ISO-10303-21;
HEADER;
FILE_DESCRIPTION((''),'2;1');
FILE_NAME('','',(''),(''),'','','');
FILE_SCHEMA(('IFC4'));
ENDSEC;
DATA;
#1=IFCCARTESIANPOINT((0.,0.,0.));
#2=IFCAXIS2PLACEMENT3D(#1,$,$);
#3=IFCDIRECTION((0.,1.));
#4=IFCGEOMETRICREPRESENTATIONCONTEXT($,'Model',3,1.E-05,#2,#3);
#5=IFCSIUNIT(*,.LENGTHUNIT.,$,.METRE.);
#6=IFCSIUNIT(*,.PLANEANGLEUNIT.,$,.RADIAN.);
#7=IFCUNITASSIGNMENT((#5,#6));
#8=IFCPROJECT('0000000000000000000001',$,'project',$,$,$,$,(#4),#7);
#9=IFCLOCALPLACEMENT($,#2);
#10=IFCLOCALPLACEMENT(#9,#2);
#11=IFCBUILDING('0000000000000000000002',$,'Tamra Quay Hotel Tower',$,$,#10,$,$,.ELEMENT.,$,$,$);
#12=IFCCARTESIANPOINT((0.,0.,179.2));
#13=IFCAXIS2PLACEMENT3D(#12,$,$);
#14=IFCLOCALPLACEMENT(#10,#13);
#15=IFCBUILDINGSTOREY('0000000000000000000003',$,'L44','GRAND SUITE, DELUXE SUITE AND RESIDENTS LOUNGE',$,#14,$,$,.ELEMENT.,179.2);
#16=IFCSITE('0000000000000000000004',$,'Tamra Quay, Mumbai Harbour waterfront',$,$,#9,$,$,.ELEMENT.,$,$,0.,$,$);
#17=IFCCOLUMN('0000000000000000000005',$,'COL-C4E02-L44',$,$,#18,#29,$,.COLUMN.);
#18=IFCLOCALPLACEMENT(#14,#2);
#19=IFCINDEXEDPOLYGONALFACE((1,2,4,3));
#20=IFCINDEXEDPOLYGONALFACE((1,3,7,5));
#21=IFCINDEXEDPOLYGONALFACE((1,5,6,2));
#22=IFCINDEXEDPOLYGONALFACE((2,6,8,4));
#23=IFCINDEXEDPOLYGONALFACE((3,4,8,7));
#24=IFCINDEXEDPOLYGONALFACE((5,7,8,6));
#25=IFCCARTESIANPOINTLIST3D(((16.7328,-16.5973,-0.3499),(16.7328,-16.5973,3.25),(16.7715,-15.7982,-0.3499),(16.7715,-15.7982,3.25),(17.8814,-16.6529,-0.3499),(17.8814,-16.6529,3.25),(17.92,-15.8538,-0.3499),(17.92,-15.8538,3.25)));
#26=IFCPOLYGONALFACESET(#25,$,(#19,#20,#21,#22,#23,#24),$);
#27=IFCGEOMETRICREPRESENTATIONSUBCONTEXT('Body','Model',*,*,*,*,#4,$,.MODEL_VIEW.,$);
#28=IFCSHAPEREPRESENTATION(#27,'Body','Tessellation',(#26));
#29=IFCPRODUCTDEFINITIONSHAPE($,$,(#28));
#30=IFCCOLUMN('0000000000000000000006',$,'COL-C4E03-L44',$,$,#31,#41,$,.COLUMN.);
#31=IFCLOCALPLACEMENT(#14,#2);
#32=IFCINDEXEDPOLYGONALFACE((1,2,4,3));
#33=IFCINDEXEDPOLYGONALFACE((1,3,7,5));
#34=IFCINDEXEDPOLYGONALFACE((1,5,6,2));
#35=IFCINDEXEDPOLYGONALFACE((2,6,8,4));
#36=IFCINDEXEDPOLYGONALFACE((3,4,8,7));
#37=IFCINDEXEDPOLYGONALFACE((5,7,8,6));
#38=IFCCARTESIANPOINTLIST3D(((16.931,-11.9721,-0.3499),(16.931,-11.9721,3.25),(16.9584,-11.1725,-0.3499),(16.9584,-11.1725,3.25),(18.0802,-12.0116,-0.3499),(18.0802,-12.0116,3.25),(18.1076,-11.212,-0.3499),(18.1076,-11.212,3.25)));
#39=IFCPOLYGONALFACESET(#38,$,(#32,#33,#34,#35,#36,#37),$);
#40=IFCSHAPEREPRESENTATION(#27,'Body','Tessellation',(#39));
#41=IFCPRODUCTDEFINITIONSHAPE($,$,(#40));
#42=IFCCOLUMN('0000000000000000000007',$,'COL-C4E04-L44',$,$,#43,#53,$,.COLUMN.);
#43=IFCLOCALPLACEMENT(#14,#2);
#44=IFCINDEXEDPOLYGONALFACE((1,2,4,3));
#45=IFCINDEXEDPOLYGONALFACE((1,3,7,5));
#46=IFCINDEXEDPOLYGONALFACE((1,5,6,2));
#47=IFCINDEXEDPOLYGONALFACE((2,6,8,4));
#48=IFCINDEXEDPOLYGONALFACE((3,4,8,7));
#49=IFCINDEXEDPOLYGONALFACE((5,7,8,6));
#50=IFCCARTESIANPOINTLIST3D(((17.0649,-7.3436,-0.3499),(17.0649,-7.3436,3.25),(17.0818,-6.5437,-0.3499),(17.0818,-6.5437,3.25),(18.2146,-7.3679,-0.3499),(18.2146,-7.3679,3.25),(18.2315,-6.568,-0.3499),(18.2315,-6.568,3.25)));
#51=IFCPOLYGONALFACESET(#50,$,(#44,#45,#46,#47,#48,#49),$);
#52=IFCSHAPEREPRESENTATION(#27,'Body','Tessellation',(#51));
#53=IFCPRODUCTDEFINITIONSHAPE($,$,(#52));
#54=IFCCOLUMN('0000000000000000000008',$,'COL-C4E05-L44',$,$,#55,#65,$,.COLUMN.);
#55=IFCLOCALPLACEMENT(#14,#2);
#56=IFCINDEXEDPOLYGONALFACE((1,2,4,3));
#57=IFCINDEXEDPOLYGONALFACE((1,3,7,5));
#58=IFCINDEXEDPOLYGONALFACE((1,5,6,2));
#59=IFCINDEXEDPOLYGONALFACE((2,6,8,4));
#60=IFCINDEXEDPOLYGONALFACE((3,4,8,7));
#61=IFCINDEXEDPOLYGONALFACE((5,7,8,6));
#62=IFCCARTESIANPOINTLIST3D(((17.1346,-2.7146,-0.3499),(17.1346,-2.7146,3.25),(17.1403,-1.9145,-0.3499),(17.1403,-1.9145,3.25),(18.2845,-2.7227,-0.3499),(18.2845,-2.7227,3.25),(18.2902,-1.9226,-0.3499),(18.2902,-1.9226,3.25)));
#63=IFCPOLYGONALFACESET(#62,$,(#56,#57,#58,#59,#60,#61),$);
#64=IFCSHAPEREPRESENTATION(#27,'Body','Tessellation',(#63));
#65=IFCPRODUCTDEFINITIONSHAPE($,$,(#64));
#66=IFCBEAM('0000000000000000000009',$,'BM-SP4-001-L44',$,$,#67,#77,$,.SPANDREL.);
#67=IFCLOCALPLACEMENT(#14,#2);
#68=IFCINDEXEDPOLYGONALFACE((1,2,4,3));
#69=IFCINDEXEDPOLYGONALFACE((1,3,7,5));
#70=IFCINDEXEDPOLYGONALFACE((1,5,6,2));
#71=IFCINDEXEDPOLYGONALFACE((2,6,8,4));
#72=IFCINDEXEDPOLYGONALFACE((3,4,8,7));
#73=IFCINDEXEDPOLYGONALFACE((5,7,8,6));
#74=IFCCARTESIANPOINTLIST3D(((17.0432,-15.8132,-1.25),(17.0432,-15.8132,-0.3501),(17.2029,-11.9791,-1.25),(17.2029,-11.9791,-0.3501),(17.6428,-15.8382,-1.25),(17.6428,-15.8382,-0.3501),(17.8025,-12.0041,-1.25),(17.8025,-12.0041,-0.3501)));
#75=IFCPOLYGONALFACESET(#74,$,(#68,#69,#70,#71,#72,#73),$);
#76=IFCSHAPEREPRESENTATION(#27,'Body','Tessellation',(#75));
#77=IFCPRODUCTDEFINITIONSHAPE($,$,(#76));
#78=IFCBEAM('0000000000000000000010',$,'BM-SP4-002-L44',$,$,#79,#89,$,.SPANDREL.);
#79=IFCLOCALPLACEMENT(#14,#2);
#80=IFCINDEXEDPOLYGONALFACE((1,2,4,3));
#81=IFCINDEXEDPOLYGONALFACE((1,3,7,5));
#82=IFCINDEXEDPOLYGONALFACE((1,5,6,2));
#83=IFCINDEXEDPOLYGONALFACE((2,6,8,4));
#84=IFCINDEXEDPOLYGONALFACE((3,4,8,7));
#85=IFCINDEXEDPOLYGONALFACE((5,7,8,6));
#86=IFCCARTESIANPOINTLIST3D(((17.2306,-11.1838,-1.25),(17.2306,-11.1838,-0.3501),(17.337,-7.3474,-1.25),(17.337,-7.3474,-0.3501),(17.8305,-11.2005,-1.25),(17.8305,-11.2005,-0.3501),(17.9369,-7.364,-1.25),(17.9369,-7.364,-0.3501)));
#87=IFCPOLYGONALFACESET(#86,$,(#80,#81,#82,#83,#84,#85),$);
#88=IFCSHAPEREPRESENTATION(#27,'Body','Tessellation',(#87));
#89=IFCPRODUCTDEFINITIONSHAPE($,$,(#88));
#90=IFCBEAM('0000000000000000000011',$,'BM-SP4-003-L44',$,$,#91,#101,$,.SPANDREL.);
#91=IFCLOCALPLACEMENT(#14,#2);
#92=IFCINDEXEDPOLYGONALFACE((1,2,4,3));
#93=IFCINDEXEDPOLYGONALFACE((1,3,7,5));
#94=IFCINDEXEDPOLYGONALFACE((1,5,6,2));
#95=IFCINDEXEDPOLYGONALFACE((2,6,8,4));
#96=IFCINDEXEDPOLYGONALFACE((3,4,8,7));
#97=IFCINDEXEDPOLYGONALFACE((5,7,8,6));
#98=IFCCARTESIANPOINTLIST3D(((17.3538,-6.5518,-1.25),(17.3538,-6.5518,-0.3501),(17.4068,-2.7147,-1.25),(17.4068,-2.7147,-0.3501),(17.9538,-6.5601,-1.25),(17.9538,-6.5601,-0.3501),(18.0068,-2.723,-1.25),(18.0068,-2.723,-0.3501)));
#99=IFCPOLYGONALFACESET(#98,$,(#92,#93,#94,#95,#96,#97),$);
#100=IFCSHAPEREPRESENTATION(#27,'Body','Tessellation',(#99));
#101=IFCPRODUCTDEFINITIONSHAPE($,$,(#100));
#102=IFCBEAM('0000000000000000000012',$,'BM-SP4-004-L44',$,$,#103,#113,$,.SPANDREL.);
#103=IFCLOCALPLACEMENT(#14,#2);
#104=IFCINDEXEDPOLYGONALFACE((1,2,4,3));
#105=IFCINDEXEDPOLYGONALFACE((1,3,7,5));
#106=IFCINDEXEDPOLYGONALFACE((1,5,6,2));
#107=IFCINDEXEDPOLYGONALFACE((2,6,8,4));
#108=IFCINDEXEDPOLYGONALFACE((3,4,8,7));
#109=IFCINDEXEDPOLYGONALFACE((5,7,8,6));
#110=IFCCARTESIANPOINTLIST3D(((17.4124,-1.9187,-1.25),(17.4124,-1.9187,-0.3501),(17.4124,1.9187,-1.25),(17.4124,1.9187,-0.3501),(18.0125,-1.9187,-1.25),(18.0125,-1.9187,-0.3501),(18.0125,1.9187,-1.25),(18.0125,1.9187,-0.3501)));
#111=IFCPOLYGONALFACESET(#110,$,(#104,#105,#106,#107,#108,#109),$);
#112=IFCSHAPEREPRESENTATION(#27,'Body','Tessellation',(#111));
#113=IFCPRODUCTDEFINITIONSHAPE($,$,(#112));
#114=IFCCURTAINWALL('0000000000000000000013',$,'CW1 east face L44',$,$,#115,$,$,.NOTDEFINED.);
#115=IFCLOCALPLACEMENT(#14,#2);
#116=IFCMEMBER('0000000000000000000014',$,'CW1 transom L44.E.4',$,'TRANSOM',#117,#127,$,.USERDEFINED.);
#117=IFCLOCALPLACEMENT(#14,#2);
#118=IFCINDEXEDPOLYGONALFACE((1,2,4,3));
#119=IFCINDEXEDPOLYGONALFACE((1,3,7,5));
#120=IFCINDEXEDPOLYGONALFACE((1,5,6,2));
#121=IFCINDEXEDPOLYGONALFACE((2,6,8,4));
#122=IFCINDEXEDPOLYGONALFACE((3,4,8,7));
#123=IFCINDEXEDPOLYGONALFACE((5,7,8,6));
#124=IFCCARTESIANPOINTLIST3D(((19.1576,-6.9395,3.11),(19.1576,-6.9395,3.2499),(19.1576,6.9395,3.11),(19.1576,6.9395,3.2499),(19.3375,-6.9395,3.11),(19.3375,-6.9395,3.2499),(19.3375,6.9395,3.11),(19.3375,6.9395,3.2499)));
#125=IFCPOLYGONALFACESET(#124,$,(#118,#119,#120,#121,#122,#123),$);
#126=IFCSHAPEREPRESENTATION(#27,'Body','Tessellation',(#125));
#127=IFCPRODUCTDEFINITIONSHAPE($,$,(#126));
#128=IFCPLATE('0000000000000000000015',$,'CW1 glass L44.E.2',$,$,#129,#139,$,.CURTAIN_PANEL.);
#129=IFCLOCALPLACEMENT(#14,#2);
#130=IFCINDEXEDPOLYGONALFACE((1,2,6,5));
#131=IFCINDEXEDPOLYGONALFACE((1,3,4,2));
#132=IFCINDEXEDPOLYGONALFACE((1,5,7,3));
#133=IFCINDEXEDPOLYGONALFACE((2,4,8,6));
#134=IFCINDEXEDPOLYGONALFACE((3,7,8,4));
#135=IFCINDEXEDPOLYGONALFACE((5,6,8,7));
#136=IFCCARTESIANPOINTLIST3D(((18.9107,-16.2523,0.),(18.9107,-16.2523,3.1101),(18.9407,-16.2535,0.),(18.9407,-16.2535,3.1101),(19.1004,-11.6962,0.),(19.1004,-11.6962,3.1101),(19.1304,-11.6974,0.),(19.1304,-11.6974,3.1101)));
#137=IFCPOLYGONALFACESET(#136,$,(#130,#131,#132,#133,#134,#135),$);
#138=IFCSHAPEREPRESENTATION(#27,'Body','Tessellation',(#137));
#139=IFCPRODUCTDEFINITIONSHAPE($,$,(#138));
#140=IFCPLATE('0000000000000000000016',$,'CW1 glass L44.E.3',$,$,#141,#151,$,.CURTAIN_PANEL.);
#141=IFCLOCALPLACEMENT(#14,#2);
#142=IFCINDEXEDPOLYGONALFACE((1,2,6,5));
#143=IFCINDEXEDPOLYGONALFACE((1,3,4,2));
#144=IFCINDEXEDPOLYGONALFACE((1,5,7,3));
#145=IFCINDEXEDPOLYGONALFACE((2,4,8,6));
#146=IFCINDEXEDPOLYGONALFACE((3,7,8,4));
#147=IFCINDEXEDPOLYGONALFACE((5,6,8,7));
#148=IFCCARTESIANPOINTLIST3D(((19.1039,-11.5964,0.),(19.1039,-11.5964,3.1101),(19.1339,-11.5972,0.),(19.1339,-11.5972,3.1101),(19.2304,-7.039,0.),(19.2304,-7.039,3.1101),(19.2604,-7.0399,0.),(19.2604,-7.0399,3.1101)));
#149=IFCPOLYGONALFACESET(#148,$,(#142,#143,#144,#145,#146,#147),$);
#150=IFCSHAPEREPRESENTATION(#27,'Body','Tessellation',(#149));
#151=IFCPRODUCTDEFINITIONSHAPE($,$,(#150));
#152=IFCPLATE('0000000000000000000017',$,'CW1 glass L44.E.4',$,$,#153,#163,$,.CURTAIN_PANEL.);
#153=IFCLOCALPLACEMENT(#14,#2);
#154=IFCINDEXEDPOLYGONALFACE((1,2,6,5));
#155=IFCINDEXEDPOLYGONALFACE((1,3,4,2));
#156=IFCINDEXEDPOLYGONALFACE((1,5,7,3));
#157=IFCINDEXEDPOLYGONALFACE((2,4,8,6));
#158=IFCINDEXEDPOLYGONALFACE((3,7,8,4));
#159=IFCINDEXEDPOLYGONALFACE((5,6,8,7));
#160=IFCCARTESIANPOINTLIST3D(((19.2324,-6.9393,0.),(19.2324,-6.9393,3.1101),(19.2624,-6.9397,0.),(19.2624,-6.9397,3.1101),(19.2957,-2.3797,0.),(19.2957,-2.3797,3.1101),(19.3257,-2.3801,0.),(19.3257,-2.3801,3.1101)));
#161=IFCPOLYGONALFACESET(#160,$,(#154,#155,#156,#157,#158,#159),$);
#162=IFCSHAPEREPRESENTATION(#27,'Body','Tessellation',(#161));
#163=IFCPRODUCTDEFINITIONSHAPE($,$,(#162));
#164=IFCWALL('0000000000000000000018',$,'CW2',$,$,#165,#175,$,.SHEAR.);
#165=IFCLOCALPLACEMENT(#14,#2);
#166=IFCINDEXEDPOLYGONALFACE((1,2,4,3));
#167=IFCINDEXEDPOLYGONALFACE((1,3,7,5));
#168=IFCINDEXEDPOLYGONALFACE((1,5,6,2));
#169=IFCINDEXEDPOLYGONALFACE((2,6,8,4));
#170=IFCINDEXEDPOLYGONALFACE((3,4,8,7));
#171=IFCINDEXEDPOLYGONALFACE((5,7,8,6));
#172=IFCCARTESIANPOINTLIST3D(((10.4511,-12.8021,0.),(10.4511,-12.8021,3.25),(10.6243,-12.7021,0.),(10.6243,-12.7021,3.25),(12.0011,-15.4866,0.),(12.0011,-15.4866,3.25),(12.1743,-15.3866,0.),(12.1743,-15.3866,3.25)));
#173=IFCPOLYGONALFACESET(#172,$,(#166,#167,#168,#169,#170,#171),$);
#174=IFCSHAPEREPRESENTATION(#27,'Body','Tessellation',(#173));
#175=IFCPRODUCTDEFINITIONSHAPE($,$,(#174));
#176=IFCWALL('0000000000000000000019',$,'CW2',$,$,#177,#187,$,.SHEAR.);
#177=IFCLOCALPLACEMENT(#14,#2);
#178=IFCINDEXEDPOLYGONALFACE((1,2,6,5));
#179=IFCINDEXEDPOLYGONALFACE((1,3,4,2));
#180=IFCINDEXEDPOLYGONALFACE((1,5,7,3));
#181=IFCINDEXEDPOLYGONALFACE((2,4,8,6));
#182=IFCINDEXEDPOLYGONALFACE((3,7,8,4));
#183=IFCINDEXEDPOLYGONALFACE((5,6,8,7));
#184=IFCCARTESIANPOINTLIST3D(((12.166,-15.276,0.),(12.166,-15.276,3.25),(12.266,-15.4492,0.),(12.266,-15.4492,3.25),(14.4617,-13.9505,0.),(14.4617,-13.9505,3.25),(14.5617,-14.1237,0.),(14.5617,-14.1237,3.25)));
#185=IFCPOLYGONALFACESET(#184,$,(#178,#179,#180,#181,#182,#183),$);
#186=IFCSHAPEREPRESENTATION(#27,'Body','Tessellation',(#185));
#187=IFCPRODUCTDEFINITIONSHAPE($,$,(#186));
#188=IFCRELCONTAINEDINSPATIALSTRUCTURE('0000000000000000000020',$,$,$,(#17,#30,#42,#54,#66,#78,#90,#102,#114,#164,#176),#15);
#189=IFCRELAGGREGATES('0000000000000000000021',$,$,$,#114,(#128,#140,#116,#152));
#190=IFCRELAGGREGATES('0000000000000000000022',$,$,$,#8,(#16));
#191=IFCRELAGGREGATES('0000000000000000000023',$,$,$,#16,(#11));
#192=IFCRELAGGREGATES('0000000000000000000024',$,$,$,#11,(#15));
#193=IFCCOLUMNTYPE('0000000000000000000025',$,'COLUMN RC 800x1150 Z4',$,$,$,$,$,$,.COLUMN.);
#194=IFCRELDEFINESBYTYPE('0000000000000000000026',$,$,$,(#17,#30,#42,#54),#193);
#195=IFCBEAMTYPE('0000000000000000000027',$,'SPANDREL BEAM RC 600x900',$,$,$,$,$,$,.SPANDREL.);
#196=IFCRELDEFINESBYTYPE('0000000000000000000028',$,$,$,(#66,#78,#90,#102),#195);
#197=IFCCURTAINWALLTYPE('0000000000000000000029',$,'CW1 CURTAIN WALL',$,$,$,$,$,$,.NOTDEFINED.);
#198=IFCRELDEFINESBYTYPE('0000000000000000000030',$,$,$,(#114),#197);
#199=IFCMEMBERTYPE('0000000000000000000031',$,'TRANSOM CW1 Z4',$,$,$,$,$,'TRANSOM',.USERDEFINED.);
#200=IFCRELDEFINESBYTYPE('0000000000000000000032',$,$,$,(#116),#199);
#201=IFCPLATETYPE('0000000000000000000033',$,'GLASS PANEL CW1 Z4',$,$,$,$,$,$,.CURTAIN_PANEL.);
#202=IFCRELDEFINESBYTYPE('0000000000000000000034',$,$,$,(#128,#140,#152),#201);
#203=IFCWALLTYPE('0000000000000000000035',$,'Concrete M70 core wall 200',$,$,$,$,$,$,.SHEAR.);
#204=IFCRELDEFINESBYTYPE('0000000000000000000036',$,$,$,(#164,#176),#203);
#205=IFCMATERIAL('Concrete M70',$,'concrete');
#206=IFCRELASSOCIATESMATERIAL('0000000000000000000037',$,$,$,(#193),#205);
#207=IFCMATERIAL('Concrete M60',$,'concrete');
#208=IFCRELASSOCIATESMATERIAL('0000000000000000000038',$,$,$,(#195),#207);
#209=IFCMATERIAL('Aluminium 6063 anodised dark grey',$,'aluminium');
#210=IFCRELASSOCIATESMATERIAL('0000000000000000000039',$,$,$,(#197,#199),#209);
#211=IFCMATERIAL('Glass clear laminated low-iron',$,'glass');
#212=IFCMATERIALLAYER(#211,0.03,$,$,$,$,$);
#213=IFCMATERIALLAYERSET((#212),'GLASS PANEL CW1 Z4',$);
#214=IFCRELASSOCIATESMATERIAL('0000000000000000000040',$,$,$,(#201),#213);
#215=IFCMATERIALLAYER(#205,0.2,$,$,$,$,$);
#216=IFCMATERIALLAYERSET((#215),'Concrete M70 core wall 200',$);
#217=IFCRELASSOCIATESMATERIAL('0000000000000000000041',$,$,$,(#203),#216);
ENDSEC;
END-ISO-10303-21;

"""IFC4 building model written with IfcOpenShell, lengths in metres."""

from ifc_helpers import new_model, si_unit, direction, frame, frame_2d, origin, origin_2d, place, context, subcontext, project, spatial, rectangle, extrude, material, layer, layer_set, material_profile, profile_set, type_object, element, aggregate, save


model = new_model("IFC4")

# Units and contexts
model_context = context("Model", 3, precision=1e-05, world=origin(), true_north=direction((0.0, 1.0)))
body_context = subcontext(model_context, "Body", "Model", "MODEL_VIEW")
ifc_project = project(units=[si_unit("LENGTHUNIT", "METRE"), si_unit("PLANEANGLEUNIT", "RADIAN")], contexts=[model_context])

# Site, building, storey
site_placement = place(None, origin())
site = spatial("IfcSite", under=ifc_project, at=site_placement, Name="Tamra Quay, Mumbai Harbour waterfront", CompositionType="ELEMENT", RefElevation=0.0)
building_placement = place(site_placement, origin())
building = spatial("IfcBuilding", under=site, at=building_placement, Name="Tamra Quay Hotel Tower", CompositionType="ELEMENT")
storey_placement = place(building_placement, frame((0.0, 0.0, 179.2)))
storey = spatial("IfcBuildingStorey", under=building, at=storey_placement, Name="L44", Description="GRAND SUITE, DELUXE SUITE AND RESIDENTS LOUNGE", CompositionType="ELEMENT", Elevation=179.2)

# Columns
ifc_material_1 = material(Name="Concrete M70", Category="concrete")
ifc_material_profile_1 = material_profile(ifc_material_1, rectangle(XDim=1.1499, YDim=0.8, at=origin_2d()), Name="COLUMN RC 800x1150 Z4")
ifc_profile_set_1 = profile_set([ifc_material_profile_1], Name="Concrete M70")
column_type = type_object("IfcColumnType", Name="COLUMN RC 800x1150 Z4", PredefinedType="COLUMN", material=ifc_profile_set_1)
for number, where, z_axis, x_axis, name in (
    (1, (17.3264, -16.2256, -0.3499), (0.0, 0.0, 1.0), (-0.998831, 0.048344, 0.0), "COL-C4E02-L44"),
    (2, (17.5193, -11.592, -0.3499), (0.0, 0.0, 1.0), (-0.999412, 0.034299, 0.0), "COL-C4E03-L44"),
    (3, (17.6482, -6.9558, -0.3499), (0.0, 0.0, 1.0), (-0.999777, 0.021115, 0.0), "COL-C4E04-L44"),
    (4, (17.7124, -2.3186, -0.3499), (0.0, 0.0, 1.0), (-0.999975, 0.007041, 0.0), "COL-C4E05-L44"),
):
    element("IfcColumn", number, at=place(storey_placement, frame(where, z_axis=z_axis, x_axis=x_axis)), inside=storey, type_object=column_type, Name=name, PredefinedType="COLUMN", context=body_context, shape_type="SweptSolid", body=[
        extrude(rectangle(XDim=1.1499, YDim=0.8, at=origin_2d()), origin(), (0.0, 0.0, 1.0), 3.5999),
    ])

# Beams
ifc_material_2 = material(Name="Concrete M60", Category="concrete")
ifc_material_profile_2 = material_profile(ifc_material_2, rectangle(XDim=0.6001, YDim=0.8999, at=origin_2d()), Name="SPANDREL BEAM RC 600x900")
ifc_profile_set_2 = profile_set([ifc_material_profile_2], Name="Concrete M60")
beam_type = type_object("IfcBeamType", Name="SPANDREL BEAM RC 600x900", PredefinedType="SPANDREL", material=ifc_profile_set_2)
beam_1_placement = place(storey_placement, frame((17.343, -15.8257, -0.8), z_axis=(0.041609, 0.999134, 0.0), x_axis=(-0.999134, 0.041609, 0.0)))
element("IfcBeam", 5, at=beam_1_placement, inside=storey, type_object=beam_type, Name="BM-SP4-001-L44", PredefinedType="SPANDREL", context=body_context, shape_type="SweptSolid", body=[
    extrude(rectangle(XDim=0.6001, YDim=0.8999, at=origin_2d()), origin(), (0.0, 0.0, 1.0), 3.8374),
])
beam_2_placement = place(storey_placement, frame((17.5305, -11.1921, -0.8), z_axis=(0.027735, 0.999615, 0.0), x_axis=(-0.999615, 0.027735, 0.0)))
element("IfcBeam", 6, at=beam_2_placement, inside=storey, type_object=beam_type, Name="BM-SP4-002-L44", PredefinedType="SPANDREL", context=body_context, shape_type="SweptSolid", body=[
    extrude(rectangle(XDim=0.6001, YDim=0.8999, at=origin_2d()), origin(), (0.0, 0.0, 1.0), 3.8379),
])
for number, where, z_axis, x_axis, name in (
    (7, (17.6538, -6.5559, -0.8), (0.013805, 0.999905, 0.0), (-0.999905, 0.013805, 0.0), "BM-SP4-003-L44"),
    (8, (17.7124, -1.9187, -0.8), (0.0, 1.0, 0.0), (-1.0, 0.0, 0.0), "BM-SP4-004-L44"),
):
    element("IfcBeam", number, at=place(storey_placement, frame(where, z_axis=z_axis, x_axis=x_axis)), inside=storey, type_object=beam_type, Name=name, PredefinedType="SPANDREL", context=body_context, shape_type="SweptSolid", body=[
        extrude(rectangle(XDim=0.6001, YDim=0.8999, at=origin_2d()), origin(), (0.0, 0.0, 1.0), 3.8374),
    ])

# Curtain wall, member, plates
ifc_material_3 = material(Name="Aluminium 6063 anodised dark grey", Category="aluminium")
curtain_wall_type = type_object("IfcCurtainWallType", Name="CW1 CURTAIN WALL", PredefinedType="NOTDEFINED", material=ifc_material_3)
curtain_wall_placement = place(storey_placement, origin())
curtain_wall = element("IfcCurtainWall", 9, at=curtain_wall_placement, inside=storey, type_object=curtain_wall_type, Name="CW1 east face L44", PredefinedType="NOTDEFINED")
ifc_material_profile_3 = material_profile(ifc_material_3, rectangle(XDim=0.1799, YDim=0.1399, at=origin_2d()), Name="TRANSOM 180X140")
ifc_profile_set_3 = profile_set([ifc_material_profile_3], Name="Aluminium 6063 anodised dark grey")
member_type = type_object("IfcMemberType", Name="TRANSOM CW1 Z4", ElementType="TRANSOM", PredefinedType="USERDEFINED", material=ifc_profile_set_3)
member_placement = place(storey_placement, frame((19.2476, -6.9395, 3.1799), z_axis=(0.0, 1.0, 0.0), x_axis=(-1.0, 0.0, 0.0)))
member = element("IfcMember", 10, at=member_placement, type_object=member_type, Name="CW1 transom L44.E.4", ObjectType="TRANSOM", PredefinedType="USERDEFINED", context=body_context, shape_type="SweptSolid", body=[
    extrude(rectangle(XDim=0.1799, YDim=0.1399, at=origin_2d()), origin(), (0.0, 0.0, 1.0), 13.8789),
])
ifc_material_4 = material(Name="Glass clear laminated low-iron", Category="glass")
ifc_layer_1 = layer(ifc_material_4, 0.03)
ifc_layer_set_1 = layer_set([ifc_layer_1], Name="GLASS PANEL CW1 Z4")
plate_type = type_object("IfcPlateType", Name="GLASS PANEL CW1 Z4", PredefinedType="CURTAIN_PANEL", material=ifc_layer_set_1)
plate_1_placement = place(storey_placement, frame((19.0205, -13.9749, 0.0), z_axis=(0.0, 0.0, 1.0), x_axis=(0.0416, 0.999134, 0.0)))
plate_1 = element("IfcPlate", 11, at=plate_1_placement, type_object=plate_type, Name="CW1 glass L44.E.2", PredefinedType="CURTAIN_PANEL", context=body_context, shape_type="SweptSolid", body=[
    extrude(rectangle(XDim=4.5601, YDim=0.03, at=origin_2d()), origin(), (0.0, 0.0, 1.0), 3.1101),
])
plate_2_placement = place(storey_placement, frame((19.1821, -9.3181, 0.0), z_axis=(0.0, 0.0, 1.0), x_axis=(0.027754, 0.999615, 0.0)))
plate_2 = element("IfcPlate", 12, at=plate_2_placement, type_object=plate_type, Name="CW1 glass L44.E.3", PredefinedType="CURTAIN_PANEL", context=body_context, shape_type="SweptSolid", body=[
    extrude(rectangle(XDim=4.5591, YDim=0.03, at=origin_2d()), origin(), (0.0, 0.0, 1.0), 3.1101),
])
plate_3_placement = place(storey_placement, frame((19.2791, -4.6597, 0.0), z_axis=(0.0, 0.0, 1.0), x_axis=(0.013886, 0.999904, 0.0)))
plate_3 = element("IfcPlate", 13, at=plate_3_placement, type_object=plate_type, Name="CW1 glass L44.E.4", PredefinedType="CURTAIN_PANEL", context=body_context, shape_type="SweptSolid", body=[
    extrude(rectangle(XDim=4.5601, YDim=0.03, at=origin_2d()), origin(), (0.0, 0.0, 1.0), 3.1101),
])
aggregate(curtain_wall, [plate_1, plate_2, member, plate_3])

# Walls
ifc_layer_2 = layer(ifc_material_1, 0.2)
ifc_layer_set_2 = layer_set([ifc_layer_2], Name="Concrete M70 core wall 200")
wall_type_1 = type_object("IfcWallType", Name="Concrete M70 core wall 200", PredefinedType="SHEAR", material=ifc_layer_set_2)
wall_1_placement = place(storey_placement, frame((12.0876, -15.4365, 0.0), z_axis=(0.0, 0.0, 1.0), x_axis=(-0.500027, 0.86601, 0.0)))
element("IfcWall", 14, at=wall_1_placement, inside=storey, type_object=wall_type_1, Name="CW2", PredefinedType="SHEAR", context=body_context, shape_type="SweptSolid", body=[
    extrude(rectangle(XDim=3.0999, YDim=0.2, at=frame_2d((1.5498, 0.0))), origin(), (0.0, 0.0, 1.0), 3.25),
])
wall_2_placement = place(storey_placement, frame((14.5117, -14.0371, 0.0), z_axis=(0.0, 0.0, 1.0), x_axis=(-0.866018, -0.500012, 0.0)))
element("IfcWall", 15, at=wall_2_placement, inside=storey, type_object=wall_type_1, Name="CW2", PredefinedType="SHEAR", context=body_context, shape_type="SweptSolid", body=[
    extrude(rectangle(XDim=2.6509, YDim=0.2, at=frame_2d((1.3254, 0.0))), origin(), (0.0, 0.0, 1.0), 3.25),
])

save(model, "model.ifc")
